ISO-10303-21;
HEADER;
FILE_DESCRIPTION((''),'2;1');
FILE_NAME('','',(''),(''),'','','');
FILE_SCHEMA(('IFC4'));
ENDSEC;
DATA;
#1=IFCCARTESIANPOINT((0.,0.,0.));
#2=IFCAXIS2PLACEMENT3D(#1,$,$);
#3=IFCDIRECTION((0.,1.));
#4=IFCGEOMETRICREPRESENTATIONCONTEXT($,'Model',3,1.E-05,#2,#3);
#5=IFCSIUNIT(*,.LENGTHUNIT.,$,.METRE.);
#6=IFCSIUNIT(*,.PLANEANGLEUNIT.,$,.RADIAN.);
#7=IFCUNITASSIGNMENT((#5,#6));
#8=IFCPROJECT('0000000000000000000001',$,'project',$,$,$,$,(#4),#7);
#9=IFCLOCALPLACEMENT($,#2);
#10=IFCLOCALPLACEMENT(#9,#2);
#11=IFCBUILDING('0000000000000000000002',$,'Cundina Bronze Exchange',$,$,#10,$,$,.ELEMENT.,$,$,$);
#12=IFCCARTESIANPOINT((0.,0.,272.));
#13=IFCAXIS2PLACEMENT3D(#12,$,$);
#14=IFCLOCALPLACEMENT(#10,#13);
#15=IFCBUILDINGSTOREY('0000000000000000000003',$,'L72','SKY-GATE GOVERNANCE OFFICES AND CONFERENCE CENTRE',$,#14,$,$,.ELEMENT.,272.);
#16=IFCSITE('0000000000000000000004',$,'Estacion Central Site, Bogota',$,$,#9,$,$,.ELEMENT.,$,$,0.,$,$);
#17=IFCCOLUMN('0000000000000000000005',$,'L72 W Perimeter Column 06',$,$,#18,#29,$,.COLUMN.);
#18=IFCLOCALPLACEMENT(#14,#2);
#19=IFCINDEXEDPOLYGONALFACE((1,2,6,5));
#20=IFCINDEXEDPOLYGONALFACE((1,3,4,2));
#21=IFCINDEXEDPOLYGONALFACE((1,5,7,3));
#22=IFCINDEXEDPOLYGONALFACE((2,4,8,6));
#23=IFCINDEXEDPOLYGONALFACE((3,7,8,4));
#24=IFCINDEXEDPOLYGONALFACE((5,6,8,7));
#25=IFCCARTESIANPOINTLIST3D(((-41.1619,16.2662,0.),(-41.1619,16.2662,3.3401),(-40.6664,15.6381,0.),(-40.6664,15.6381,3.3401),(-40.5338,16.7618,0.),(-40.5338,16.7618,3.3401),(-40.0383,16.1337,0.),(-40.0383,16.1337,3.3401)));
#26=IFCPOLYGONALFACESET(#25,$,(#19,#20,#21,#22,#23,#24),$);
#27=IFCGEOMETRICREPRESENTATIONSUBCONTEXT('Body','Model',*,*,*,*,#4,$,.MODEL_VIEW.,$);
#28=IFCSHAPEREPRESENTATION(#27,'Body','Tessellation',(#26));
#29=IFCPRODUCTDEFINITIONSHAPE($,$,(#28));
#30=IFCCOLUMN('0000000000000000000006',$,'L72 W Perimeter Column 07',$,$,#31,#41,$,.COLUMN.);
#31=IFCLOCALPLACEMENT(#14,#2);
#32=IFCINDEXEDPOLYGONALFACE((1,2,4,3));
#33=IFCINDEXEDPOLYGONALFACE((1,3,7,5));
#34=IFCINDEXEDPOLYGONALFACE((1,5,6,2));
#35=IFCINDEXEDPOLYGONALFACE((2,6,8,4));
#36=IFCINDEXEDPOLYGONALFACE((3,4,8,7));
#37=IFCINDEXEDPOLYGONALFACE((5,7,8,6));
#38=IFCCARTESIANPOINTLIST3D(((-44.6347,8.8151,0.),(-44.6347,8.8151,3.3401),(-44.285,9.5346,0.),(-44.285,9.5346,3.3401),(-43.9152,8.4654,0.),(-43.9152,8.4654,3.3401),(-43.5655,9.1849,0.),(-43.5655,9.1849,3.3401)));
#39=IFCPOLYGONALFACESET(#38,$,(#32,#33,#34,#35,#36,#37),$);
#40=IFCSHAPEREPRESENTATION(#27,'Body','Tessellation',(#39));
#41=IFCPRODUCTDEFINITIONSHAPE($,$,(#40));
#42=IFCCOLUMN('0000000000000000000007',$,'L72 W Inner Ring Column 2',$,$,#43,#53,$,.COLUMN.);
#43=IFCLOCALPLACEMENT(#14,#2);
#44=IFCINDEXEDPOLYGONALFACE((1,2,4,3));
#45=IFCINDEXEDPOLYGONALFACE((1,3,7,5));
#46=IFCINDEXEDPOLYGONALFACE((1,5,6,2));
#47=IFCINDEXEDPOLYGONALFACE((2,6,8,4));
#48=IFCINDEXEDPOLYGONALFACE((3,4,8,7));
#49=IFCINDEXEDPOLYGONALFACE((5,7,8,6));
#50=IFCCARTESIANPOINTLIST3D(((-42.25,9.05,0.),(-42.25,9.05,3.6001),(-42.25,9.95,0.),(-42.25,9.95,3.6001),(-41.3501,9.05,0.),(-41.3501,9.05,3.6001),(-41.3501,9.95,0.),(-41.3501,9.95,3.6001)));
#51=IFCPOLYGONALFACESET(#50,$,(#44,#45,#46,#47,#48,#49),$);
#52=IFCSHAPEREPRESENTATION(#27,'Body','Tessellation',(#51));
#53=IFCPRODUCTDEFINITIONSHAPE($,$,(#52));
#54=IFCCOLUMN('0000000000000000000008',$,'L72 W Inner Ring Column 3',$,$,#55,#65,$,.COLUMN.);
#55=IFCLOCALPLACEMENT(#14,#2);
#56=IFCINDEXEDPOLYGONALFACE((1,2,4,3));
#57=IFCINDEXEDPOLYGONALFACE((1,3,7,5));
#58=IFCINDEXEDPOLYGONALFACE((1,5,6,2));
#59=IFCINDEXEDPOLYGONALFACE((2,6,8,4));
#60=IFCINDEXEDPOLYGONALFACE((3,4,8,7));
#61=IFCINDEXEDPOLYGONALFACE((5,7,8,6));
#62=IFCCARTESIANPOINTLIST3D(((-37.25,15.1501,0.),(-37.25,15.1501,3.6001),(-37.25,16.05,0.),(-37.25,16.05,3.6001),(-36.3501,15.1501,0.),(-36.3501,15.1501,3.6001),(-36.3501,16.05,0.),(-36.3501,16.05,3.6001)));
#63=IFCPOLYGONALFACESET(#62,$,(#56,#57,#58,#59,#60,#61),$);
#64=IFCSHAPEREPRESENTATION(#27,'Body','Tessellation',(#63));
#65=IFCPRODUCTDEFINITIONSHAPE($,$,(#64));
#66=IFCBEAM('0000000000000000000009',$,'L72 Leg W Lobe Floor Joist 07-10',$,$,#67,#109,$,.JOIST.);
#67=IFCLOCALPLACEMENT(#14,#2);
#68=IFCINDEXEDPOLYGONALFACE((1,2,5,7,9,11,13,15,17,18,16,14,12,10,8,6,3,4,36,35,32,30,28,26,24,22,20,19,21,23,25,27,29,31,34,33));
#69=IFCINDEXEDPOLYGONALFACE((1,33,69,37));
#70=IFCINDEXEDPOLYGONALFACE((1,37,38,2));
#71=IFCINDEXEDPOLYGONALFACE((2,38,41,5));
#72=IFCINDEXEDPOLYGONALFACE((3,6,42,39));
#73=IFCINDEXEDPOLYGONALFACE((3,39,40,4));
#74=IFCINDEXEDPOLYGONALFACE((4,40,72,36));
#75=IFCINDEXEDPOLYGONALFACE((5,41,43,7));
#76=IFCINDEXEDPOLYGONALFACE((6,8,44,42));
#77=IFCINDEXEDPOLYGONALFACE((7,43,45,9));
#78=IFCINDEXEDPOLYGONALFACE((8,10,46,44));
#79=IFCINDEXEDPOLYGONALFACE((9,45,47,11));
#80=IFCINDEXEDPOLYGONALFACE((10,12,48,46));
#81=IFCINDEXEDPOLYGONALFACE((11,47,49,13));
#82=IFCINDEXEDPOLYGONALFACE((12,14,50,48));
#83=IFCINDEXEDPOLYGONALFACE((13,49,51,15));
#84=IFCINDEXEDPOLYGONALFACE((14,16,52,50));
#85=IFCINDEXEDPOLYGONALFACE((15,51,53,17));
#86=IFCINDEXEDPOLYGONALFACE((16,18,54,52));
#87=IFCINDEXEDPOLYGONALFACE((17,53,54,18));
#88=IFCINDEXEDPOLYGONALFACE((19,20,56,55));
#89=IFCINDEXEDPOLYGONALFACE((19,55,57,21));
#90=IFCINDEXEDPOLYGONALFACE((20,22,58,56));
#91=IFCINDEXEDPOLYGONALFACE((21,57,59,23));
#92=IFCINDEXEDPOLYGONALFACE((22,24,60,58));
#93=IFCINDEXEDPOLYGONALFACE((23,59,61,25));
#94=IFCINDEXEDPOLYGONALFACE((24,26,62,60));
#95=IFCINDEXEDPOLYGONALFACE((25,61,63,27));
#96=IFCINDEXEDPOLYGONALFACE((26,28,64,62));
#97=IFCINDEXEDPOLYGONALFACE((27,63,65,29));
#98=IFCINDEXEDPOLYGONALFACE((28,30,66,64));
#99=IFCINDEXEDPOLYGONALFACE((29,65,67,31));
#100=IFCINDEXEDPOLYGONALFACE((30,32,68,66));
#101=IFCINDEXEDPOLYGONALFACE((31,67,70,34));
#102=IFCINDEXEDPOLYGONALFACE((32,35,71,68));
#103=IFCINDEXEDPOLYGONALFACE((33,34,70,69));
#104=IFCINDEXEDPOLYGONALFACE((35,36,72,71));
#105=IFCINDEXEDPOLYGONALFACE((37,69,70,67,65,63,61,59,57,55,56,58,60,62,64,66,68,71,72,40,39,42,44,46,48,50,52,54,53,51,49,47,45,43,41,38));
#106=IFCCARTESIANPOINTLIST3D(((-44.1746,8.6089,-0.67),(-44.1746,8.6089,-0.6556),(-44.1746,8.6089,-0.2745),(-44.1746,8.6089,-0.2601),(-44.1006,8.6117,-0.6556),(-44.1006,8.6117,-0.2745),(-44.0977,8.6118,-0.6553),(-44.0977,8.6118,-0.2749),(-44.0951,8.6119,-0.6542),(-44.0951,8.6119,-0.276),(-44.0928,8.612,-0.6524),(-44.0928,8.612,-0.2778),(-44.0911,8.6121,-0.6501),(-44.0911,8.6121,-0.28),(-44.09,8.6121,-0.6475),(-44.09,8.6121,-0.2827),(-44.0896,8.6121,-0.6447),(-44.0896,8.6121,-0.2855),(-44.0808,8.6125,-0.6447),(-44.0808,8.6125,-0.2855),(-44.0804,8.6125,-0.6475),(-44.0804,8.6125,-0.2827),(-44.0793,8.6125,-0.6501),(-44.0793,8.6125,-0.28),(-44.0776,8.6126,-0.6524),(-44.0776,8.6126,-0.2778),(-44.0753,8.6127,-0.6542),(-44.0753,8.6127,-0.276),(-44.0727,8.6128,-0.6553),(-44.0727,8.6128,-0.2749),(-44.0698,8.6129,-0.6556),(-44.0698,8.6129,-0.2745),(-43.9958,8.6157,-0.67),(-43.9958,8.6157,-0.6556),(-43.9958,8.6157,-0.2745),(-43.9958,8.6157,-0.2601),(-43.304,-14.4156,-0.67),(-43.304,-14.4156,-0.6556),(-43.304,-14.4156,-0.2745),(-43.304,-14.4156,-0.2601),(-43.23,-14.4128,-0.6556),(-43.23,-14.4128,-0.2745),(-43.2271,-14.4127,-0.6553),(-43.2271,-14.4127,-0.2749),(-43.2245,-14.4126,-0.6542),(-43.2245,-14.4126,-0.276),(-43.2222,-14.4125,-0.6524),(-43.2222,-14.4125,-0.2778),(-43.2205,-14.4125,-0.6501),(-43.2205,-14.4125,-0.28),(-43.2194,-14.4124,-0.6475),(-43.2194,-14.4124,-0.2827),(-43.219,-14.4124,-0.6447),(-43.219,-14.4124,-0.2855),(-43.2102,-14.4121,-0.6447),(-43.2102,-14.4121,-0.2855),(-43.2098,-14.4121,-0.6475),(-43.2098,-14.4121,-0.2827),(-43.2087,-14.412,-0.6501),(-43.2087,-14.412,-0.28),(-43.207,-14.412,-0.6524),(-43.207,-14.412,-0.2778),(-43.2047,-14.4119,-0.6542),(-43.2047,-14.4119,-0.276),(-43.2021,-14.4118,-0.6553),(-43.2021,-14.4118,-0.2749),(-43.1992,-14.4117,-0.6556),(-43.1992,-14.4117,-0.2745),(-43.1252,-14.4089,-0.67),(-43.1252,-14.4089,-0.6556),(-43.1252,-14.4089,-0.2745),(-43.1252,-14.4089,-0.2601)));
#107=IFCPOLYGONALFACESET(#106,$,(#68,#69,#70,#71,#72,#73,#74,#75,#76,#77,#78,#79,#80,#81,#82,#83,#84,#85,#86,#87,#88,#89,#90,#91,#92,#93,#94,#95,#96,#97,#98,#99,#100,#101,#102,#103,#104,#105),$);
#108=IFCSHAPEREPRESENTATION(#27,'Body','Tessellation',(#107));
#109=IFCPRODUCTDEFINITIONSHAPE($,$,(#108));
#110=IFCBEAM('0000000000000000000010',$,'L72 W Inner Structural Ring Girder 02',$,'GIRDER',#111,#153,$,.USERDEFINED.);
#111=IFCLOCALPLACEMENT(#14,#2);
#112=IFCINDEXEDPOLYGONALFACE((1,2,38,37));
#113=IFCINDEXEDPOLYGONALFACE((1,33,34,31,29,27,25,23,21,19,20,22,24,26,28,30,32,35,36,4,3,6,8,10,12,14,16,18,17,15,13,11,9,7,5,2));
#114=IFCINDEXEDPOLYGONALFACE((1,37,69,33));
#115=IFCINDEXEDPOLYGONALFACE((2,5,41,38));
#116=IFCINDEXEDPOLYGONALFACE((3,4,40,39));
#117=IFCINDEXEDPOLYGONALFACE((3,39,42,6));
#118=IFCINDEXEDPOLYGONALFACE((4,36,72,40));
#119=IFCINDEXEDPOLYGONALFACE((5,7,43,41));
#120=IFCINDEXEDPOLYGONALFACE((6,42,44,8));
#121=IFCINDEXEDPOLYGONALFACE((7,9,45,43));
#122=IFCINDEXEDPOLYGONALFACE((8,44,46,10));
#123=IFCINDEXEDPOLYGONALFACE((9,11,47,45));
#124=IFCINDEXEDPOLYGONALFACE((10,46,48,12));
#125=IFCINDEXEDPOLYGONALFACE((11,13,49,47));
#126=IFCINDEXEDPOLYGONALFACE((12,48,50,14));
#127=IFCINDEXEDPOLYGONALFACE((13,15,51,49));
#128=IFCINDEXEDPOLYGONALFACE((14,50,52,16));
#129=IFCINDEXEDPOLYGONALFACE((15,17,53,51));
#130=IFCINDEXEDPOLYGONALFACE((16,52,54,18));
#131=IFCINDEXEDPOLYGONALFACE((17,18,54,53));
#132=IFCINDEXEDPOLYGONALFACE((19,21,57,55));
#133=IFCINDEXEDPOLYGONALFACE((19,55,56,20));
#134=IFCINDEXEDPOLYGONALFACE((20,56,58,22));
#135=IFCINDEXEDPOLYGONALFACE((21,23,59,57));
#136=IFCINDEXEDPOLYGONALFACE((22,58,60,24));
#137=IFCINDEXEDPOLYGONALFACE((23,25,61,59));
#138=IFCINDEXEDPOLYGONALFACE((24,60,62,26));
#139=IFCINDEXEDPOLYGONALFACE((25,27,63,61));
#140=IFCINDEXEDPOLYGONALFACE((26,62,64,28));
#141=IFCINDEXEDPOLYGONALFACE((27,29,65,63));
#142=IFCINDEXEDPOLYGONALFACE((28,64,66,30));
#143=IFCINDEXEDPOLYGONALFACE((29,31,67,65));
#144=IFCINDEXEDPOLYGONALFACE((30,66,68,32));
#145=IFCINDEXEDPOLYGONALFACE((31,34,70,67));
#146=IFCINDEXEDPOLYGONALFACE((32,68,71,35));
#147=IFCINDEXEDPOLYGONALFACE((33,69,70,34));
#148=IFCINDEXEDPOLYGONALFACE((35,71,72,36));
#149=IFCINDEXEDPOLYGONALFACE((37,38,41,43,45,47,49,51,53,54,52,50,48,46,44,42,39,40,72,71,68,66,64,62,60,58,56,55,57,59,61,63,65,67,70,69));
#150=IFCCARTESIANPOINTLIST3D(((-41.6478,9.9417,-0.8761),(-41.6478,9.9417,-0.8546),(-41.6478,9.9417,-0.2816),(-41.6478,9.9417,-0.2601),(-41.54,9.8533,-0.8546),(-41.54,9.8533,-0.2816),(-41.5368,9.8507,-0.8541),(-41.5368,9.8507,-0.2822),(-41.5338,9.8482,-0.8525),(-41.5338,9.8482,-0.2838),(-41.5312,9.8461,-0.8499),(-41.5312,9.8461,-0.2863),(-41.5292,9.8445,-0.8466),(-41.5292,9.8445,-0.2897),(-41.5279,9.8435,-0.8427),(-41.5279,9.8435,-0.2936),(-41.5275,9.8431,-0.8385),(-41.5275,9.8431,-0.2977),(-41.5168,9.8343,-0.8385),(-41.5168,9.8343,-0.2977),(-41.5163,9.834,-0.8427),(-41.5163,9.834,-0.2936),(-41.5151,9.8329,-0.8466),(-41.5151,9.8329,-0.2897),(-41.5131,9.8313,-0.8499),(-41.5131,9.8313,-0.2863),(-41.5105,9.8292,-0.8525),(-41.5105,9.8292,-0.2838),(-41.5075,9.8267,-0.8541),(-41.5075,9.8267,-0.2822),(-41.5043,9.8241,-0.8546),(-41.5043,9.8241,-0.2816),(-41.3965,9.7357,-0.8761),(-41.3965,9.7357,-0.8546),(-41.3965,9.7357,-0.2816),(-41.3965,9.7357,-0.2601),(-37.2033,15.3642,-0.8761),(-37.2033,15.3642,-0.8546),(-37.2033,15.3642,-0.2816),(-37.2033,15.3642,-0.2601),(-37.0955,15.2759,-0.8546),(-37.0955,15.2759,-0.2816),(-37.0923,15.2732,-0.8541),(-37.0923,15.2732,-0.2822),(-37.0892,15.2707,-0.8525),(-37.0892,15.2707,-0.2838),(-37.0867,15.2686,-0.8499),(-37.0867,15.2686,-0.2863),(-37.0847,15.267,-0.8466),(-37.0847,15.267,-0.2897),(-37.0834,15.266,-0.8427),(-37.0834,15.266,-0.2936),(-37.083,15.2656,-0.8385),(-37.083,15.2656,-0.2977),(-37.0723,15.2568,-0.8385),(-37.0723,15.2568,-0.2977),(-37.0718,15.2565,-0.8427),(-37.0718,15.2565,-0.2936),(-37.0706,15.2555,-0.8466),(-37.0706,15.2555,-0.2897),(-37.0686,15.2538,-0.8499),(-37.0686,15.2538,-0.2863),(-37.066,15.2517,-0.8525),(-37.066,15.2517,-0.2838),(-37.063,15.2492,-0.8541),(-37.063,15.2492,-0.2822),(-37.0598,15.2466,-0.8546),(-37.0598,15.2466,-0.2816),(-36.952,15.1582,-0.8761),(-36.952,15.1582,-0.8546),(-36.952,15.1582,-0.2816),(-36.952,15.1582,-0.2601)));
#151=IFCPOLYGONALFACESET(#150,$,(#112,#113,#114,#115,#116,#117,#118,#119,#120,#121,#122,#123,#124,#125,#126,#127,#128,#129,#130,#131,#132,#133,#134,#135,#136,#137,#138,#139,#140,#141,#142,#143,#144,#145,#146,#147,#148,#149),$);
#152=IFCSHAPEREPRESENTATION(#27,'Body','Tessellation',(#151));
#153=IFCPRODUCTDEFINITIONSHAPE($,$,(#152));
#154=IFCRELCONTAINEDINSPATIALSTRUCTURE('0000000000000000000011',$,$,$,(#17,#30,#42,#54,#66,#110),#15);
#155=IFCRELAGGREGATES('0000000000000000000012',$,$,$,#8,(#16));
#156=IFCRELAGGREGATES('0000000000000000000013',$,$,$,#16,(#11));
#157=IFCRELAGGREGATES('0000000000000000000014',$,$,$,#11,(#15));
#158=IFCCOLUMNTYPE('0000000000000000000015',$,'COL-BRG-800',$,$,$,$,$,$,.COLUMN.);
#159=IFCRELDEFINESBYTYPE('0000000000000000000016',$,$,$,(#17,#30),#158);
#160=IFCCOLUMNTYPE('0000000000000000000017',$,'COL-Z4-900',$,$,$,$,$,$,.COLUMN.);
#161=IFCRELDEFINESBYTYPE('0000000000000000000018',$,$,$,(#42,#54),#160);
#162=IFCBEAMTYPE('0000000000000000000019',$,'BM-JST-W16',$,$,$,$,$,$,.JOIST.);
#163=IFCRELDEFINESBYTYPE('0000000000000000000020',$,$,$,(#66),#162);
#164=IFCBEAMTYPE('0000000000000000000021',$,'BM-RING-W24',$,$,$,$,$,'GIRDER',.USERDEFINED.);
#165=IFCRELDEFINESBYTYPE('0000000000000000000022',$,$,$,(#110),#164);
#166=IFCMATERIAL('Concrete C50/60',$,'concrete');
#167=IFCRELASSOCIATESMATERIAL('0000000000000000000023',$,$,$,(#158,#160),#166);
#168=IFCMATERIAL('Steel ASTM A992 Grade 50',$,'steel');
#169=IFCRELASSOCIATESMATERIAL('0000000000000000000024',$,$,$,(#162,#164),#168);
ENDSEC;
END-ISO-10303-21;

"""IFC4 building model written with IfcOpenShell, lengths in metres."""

from ifc_helpers import new_model, si_unit, direction, frame, origin, origin_2d, place, context, subcontext, project, spatial, rectangle, i_section, extrude, material, material_profile, profile_set, type_object, element, save


model = new_model("IFC4")

# Units and contexts
model_context = context("Model", 3, precision=1e-05, world=origin(), true_north=direction((0.0, 1.0)))
body_context = subcontext(model_context, "Body", "Model", "MODEL_VIEW")
ifc_project = project(units=[si_unit("LENGTHUNIT", "METRE"), si_unit("PLANEANGLEUNIT", "RADIAN")], contexts=[model_context])

# Site, building, storey
site_placement = place(None, origin())
site = spatial("IfcSite", under=ifc_project, at=site_placement, Name="Estacion Central Site, Bogota", CompositionType="ELEMENT", RefElevation=0.0)
building_placement = place(site_placement, origin())
building = spatial("IfcBuilding", under=site, at=building_placement, Name="Cundina Bronze Exchange", CompositionType="ELEMENT")
storey_placement = place(building_placement, frame((0.0, 0.0, 272.0)))
storey = spatial("IfcBuildingStorey", under=building, at=storey_placement, Name="L72", Description="SKY-GATE GOVERNANCE OFFICES AND CONFERENCE CENTRE", CompositionType="ELEMENT", Elevation=272.0)

# Columns
ifc_material_1 = material(Name="Concrete C50/60", Category="concrete")
ifc_material_profile_1 = material_profile(ifc_material_1, rectangle(XDim=0.8, YDim=0.8, at=origin_2d()), Name="RC800X800", Category="concrete")
ifc_profile_set_1 = profile_set([ifc_material_profile_1], Name="Concrete C50/60")
column_type_1 = type_object("IfcColumnType", Name="COL-BRG-800", PredefinedType="COLUMN", material=ifc_profile_set_1)
for number, where, z_axis, x_axis, name in (
    (1, (-40.6001, 16.2, 0.0), (0.0, 0.0, 1.0), (-0.785101, -0.619368, 0.0), "L72 W Perimeter Column 06"),
    (2, (-44.1001, 9.0, 0.0), (0.0, 0.0, 1.0), (-0.437116, -0.899405, 0.0), "L72 W Perimeter Column 07"),
):
    element("IfcColumn", number, at=place(storey_placement, frame(where, z_axis=z_axis, x_axis=x_axis)), inside=storey, type_object=column_type_1, Name=name, PredefinedType="COLUMN", context=body_context, shape_type="SweptSolid", body=[
        extrude(rectangle(XDim=0.8, YDim=0.8, at=origin_2d()), origin(), (0.0, 0.0, 1.0), 3.3401),
    ])
ifc_material_profile_2 = material_profile(ifc_material_1, rectangle(XDim=0.8999, YDim=0.8999, at=origin_2d()), Name="RC900X900", Category="concrete")
ifc_profile_set_2 = profile_set([ifc_material_profile_2], Name="Concrete C50/60")
column_type_2 = type_object("IfcColumnType", Name="COL-Z4-900", PredefinedType="COLUMN", material=ifc_profile_set_2)
for number, where, z_axis, x_axis, name in (
    (3, (-41.8, 9.5, 0.0), (0.0, 0.0, 1.0), (1.0, 0.0, 0.0), "L72 W Inner Ring Column 2"),
    (4, (-36.8, 15.6001, 0.0), (0.0, 0.0, 1.0), (1.0, 0.0, 0.0), "L72 W Inner Ring Column 3"),
):
    element("IfcColumn", number, at=place(storey_placement, frame(where, z_axis=z_axis, x_axis=x_axis)), inside=storey, type_object=column_type_2, Name=name, PredefinedType="COLUMN", context=body_context, shape_type="SweptSolid", body=[
        extrude(rectangle(XDim=0.8999, YDim=0.8999, at=origin_2d()), origin(), (0.0, 0.0, 1.0), 3.6001),
    ])

# Beams
ifc_material_2 = material(Name="Steel ASTM A992 Grade 50", Category="steel")
ifc_material_profile_3 = material_profile(ifc_material_2, i_section(OverallWidth=0.179, OverallDepth=0.4099, WebThickness=0.0088, FlangeThickness=0.0144, FilletRadius=0.011, at=origin_2d()), Name="W16X45", Category="steel")
ifc_profile_set_3 = profile_set([ifc_material_profile_3], Name="Steel ASTM A992 Grade 50")
beam_type_1 = type_object("IfcBeamType", Name="BM-JST-W16", PredefinedType="JOIST", material=ifc_profile_set_3)
beam_1_placement = place(storey_placement, frame((-44.0852, 8.6123, -0.4651), z_axis=(0.037785, -0.999286, 0.0), x_axis=(0.999286, 0.037785, 0.0)))
element("IfcBeam", 5, at=beam_1_placement, inside=storey, type_object=beam_type_1, Name="L72 Leg W Lobe Floor Joist 07-10", PredefinedType="JOIST", context=body_context, shape_type="SweptSolid", body=[
    extrude(i_section(OverallWidth=0.179, OverallDepth=0.4099, WebThickness=0.0088, FlangeThickness=0.0144, FilletRadius=0.011, at=origin_2d()), origin(), (0.0, 0.0, 1.0), 23.041),
])
ifc_material_profile_4 = material_profile(ifc_material_2, i_section(OverallWidth=0.325, OverallDepth=0.616, WebThickness=0.0139, FlangeThickness=0.0215, FilletRadius=0.0161, at=origin_2d()), Name="W24X117", Category="steel")
ifc_profile_set_4 = profile_set([ifc_material_profile_4], Name="Steel ASTM A992 Grade 50")
beam_type_2 = type_object("IfcBeamType", Name="BM-RING-W24", ElementType="GIRDER", PredefinedType="USERDEFINED", material=ifc_profile_set_4)
beam_2_placement = place(storey_placement, frame((-37.0776, 15.2612, -0.5681), z_axis=(-0.633913, -0.773405, 0.0), x_axis=(0.773405, -0.633913, 0.0)))
element("IfcBeam", 6, at=beam_2_placement, inside=storey, type_object=beam_type_2, Name="L72 W Inner Structural Ring Girder 02", ObjectType="GIRDER", PredefinedType="USERDEFINED", context=body_context, shape_type="SweptSolid", body=[
    extrude(i_section(OverallWidth=0.325, OverallDepth=0.616, WebThickness=0.0139, FlangeThickness=0.0215, FilletRadius=0.0161, at=origin_2d()), origin(), (0.0, 0.0, 1.0), 7.0112),
])

save(model, "model.ifc")
